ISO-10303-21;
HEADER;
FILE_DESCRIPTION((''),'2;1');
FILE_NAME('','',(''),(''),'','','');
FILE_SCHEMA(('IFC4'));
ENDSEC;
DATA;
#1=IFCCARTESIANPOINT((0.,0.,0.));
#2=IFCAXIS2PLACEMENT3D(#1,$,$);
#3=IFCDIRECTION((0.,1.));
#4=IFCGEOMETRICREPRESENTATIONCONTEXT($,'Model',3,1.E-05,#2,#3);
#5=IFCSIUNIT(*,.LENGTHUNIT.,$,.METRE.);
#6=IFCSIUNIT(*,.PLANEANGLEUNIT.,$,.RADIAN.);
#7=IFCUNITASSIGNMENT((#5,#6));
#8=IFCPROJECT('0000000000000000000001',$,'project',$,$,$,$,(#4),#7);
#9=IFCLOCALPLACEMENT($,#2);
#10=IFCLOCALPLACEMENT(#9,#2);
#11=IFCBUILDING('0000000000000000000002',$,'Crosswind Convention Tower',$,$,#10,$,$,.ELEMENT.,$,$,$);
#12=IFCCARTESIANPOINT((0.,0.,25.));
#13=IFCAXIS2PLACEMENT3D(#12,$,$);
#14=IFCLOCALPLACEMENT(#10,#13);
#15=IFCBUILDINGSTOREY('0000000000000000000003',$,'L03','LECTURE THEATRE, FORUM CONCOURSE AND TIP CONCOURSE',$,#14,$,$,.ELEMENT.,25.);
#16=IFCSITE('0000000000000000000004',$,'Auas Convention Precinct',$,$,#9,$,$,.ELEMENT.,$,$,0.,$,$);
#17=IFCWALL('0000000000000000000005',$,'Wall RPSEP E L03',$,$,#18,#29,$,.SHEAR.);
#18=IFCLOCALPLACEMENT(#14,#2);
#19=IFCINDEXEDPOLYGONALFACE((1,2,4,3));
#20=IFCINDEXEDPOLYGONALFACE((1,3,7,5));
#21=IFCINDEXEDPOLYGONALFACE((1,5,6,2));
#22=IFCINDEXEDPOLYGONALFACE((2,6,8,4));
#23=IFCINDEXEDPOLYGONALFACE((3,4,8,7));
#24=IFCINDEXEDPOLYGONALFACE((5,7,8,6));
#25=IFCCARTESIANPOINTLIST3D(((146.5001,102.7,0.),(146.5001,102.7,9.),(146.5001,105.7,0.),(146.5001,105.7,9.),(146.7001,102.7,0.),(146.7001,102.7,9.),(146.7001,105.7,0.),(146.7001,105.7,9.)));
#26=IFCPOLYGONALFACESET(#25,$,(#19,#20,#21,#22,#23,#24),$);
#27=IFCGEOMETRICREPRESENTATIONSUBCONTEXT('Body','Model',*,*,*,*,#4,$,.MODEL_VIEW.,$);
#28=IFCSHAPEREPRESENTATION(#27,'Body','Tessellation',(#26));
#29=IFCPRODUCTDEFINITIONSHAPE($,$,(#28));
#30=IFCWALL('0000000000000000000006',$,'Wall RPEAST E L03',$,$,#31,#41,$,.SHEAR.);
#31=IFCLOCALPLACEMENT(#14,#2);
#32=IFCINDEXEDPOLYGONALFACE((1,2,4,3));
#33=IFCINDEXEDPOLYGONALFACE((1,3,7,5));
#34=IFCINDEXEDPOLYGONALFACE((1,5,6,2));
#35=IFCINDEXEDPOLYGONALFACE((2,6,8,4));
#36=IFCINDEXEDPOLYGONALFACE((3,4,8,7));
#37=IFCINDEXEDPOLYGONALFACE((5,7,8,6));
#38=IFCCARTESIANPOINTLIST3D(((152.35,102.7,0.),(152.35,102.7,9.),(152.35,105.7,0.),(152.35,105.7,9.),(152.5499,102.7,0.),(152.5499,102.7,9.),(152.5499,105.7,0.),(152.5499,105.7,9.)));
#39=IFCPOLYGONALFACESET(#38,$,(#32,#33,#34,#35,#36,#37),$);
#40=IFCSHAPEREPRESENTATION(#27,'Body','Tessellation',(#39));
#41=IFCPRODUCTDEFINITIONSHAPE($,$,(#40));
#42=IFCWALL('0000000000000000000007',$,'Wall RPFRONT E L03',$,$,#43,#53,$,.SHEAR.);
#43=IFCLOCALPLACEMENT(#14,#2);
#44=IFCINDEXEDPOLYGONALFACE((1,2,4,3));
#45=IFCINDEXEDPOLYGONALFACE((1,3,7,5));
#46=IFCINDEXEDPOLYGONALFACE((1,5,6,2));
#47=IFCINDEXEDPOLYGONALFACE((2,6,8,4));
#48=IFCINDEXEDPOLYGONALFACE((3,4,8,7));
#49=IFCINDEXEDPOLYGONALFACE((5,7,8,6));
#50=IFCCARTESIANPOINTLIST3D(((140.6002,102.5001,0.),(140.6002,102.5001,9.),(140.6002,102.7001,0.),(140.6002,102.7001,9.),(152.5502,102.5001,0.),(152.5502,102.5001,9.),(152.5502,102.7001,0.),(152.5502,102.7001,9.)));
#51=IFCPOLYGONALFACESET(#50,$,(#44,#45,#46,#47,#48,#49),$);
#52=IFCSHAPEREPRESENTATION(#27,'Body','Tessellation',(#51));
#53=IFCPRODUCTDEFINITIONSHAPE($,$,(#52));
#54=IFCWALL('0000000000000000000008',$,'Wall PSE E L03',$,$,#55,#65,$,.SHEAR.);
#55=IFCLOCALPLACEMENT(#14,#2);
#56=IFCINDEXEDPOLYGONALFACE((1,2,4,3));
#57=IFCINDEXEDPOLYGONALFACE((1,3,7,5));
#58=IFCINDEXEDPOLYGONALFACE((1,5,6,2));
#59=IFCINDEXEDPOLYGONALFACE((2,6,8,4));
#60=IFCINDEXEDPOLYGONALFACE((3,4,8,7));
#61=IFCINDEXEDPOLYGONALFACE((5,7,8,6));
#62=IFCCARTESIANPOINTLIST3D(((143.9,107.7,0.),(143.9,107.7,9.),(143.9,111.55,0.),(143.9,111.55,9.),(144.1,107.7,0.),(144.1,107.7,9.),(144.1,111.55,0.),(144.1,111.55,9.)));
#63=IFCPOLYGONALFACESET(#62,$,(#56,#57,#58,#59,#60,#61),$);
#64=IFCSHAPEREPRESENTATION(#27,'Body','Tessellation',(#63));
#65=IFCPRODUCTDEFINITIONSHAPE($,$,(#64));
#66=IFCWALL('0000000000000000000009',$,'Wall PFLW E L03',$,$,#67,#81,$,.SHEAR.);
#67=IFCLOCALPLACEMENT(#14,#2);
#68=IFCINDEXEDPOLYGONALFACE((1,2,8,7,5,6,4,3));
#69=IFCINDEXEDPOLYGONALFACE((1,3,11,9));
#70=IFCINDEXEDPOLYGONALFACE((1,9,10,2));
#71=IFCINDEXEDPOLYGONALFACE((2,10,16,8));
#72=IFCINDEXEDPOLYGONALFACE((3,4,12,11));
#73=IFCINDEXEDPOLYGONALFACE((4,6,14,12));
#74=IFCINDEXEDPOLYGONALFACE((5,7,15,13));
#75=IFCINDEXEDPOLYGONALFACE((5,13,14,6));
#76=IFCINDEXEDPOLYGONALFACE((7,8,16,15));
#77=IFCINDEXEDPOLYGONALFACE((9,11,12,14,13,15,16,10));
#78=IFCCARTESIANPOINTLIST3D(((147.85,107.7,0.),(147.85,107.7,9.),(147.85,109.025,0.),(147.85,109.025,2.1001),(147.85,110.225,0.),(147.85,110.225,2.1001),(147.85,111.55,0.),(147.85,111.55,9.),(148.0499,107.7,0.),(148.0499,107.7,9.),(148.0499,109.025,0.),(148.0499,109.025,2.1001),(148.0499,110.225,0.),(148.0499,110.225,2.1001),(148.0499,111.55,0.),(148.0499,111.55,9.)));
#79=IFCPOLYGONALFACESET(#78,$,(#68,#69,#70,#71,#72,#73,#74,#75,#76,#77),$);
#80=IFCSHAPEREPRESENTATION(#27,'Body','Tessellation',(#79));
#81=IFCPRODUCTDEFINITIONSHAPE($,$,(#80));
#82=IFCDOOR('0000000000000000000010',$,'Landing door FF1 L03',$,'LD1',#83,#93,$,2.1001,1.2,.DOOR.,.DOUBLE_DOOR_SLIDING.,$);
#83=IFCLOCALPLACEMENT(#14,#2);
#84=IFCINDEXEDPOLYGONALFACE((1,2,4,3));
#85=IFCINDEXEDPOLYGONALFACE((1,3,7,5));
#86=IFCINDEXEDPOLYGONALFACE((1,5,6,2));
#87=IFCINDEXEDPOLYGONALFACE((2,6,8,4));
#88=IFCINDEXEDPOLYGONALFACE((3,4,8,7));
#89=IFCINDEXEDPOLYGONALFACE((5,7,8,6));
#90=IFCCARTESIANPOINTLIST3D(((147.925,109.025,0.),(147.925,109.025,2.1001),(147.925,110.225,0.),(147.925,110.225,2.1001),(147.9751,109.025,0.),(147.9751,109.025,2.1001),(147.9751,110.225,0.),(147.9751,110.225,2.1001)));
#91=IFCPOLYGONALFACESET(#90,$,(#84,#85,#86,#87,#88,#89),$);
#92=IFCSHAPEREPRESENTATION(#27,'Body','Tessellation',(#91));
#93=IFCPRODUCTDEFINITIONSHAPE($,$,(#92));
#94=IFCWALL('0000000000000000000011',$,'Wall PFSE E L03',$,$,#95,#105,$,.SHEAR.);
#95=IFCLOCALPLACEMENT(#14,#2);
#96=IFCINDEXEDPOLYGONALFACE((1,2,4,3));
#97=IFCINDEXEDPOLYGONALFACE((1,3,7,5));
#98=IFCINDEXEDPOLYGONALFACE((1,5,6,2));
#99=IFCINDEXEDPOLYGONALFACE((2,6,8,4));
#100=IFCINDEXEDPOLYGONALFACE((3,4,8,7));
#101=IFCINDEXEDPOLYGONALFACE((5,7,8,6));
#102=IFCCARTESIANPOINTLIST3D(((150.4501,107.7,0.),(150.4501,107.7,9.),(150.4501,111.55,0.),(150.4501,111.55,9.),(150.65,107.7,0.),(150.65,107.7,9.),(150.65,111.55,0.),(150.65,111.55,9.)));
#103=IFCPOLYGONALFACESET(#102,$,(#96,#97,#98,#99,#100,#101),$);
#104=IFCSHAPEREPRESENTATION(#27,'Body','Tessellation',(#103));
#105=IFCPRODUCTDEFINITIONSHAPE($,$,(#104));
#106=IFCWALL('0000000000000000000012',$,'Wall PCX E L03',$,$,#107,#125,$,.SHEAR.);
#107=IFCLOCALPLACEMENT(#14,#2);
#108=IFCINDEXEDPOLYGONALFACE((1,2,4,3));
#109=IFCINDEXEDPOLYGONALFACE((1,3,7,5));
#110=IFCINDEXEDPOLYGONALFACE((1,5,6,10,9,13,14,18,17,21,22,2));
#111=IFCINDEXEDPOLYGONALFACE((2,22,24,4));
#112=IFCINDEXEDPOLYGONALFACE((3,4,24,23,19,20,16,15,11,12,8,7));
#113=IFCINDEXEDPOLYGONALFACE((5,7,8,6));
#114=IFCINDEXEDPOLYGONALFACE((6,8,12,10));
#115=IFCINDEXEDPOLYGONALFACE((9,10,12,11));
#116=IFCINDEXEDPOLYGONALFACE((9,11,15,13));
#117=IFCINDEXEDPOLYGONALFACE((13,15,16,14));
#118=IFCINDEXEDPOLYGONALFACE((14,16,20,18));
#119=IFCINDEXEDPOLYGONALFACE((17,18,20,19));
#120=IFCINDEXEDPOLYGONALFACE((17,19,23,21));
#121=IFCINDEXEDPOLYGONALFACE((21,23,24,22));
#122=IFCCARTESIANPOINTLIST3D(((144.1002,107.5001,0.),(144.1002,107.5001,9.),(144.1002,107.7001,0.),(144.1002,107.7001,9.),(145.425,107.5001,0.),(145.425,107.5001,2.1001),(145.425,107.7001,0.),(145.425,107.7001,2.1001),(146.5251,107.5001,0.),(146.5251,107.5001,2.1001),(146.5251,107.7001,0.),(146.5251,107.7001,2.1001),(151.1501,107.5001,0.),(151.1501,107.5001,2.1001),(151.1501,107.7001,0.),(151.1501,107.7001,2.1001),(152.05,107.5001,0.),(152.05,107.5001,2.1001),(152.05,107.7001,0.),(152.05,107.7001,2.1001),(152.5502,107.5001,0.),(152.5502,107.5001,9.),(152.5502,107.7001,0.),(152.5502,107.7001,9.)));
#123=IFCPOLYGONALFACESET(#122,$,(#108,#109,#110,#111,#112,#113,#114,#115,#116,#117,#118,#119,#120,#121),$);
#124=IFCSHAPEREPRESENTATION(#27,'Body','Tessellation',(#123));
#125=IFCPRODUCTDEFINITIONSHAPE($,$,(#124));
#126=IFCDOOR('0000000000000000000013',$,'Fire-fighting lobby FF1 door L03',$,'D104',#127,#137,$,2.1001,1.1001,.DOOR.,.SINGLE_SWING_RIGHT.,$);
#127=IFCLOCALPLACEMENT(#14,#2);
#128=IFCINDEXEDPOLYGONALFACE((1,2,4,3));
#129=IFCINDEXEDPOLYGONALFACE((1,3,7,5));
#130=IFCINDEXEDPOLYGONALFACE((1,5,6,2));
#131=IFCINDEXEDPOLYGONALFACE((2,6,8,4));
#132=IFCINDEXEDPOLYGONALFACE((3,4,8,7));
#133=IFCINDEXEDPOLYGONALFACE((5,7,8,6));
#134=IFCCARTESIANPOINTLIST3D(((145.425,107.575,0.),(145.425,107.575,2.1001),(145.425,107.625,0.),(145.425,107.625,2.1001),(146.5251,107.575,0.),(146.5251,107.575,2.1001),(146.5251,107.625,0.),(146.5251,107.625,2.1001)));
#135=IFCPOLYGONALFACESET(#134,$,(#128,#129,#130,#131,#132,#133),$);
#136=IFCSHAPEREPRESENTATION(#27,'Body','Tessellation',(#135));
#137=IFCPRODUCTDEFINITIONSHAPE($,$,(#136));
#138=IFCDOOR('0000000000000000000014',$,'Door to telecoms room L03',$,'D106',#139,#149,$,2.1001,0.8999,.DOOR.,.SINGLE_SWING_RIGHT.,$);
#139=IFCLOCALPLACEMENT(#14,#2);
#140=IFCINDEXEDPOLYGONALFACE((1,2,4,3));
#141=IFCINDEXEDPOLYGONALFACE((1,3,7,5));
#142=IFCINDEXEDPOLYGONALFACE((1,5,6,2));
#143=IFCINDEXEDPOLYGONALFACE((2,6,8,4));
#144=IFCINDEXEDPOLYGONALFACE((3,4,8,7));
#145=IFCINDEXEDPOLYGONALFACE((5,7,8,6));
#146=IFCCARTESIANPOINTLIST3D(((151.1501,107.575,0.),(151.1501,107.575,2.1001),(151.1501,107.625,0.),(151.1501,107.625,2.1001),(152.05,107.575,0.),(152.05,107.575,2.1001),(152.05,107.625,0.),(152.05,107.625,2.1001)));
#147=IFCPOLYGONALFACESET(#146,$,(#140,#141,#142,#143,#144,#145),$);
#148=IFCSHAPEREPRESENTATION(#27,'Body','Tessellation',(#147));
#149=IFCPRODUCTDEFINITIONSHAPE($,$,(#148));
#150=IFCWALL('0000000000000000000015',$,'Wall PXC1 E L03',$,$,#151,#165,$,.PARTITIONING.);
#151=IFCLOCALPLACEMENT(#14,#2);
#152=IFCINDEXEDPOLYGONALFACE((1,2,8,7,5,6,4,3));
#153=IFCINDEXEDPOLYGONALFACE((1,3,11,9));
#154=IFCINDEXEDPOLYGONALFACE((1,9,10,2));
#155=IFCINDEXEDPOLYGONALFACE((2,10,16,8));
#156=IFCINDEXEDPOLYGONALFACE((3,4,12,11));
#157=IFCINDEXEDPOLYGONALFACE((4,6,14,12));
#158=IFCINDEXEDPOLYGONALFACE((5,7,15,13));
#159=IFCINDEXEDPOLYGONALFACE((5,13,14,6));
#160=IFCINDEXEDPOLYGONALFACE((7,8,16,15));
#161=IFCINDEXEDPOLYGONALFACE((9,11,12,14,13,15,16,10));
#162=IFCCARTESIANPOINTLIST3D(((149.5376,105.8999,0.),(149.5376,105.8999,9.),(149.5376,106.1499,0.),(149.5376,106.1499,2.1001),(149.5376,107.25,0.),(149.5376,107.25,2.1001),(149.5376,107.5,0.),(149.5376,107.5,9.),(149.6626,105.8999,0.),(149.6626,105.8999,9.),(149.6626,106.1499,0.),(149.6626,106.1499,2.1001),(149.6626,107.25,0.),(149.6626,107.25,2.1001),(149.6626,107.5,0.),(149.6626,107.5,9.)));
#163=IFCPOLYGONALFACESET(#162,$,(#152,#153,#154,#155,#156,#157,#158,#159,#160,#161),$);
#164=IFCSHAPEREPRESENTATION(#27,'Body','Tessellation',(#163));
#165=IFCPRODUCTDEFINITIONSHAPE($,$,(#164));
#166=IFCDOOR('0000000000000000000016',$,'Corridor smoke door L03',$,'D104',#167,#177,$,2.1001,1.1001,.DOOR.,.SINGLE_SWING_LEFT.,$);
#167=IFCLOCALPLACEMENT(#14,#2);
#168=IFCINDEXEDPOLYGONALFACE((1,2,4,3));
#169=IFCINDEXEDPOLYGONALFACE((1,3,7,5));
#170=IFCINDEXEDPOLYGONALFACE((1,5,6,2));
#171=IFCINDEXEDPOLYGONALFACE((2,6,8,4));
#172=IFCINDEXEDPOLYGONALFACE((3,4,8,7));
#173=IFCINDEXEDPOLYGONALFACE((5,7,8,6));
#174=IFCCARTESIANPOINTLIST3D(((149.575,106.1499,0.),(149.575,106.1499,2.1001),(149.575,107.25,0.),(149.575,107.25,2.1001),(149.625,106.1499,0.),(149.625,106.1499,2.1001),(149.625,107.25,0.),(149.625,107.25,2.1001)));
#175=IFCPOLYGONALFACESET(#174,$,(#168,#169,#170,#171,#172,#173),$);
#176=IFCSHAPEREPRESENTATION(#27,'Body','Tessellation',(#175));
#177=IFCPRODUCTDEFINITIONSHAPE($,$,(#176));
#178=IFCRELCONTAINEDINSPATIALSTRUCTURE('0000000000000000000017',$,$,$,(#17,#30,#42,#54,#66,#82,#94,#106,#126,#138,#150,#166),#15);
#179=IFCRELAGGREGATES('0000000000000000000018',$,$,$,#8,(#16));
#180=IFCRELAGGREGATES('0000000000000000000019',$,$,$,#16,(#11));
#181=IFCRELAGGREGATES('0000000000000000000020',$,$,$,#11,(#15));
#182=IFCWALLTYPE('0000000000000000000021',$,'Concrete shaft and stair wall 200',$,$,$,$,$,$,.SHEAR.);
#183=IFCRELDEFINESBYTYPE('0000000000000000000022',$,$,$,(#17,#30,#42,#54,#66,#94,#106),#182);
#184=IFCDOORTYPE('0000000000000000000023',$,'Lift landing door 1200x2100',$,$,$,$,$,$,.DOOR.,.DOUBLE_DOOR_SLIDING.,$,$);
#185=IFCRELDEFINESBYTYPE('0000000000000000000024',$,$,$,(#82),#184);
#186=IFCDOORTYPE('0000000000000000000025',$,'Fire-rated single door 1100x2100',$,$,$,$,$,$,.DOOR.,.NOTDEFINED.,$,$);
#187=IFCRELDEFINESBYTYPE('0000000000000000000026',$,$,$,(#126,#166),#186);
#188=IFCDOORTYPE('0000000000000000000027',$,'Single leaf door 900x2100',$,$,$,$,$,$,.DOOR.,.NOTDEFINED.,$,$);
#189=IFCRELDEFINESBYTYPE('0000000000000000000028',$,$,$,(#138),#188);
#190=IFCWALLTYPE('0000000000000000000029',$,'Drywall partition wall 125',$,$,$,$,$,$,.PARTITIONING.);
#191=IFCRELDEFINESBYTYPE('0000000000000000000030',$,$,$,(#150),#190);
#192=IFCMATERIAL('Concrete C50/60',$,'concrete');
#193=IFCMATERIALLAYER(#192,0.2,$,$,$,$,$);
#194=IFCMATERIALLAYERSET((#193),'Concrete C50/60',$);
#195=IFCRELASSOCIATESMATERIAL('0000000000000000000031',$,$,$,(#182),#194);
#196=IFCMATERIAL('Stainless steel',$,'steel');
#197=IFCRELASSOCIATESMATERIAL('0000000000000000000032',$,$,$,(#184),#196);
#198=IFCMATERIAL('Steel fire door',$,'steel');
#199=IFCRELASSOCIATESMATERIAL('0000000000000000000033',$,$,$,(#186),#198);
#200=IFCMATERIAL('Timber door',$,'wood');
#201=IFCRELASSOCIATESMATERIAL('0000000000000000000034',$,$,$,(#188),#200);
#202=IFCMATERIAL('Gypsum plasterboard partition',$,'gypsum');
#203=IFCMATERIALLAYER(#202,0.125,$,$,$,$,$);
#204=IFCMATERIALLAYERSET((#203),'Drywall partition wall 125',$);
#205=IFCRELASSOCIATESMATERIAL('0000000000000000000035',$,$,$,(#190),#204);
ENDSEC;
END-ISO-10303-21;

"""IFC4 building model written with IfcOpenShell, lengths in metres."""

from ifc_helpers import new_model, si_unit, direction, frame, frame_2d, origin, place, context, subcontext, project, spatial, rectangle, extrude, material, layer, layer_set, type_object, element, fill, save


model = new_model("IFC4")

# Units and contexts
model_context = context("Model", 3, precision=1e-05, world=origin(), true_north=direction((0.0, 1.0)))
body_context = subcontext(model_context, "Body", "Model", "MODEL_VIEW")
ifc_project = project(units=[si_unit("LENGTHUNIT", "METRE"), si_unit("PLANEANGLEUNIT", "RADIAN")], contexts=[model_context])

# Site, building, storey
site_placement = place(None, origin())
site = spatial("IfcSite", under=ifc_project, at=site_placement, Name="Auas Convention Precinct", CompositionType="ELEMENT", RefElevation=0.0)
building_placement = place(site_placement, origin())
building = spatial("IfcBuilding", under=site, at=building_placement, Name="Crosswind Convention Tower", CompositionType="ELEMENT")
storey_placement = place(building_placement, frame((0.0, 0.0, 25.0)))
storey = spatial("IfcBuildingStorey", under=building, at=storey_placement, Name="L03", Description="LECTURE THEATRE, FORUM CONCOURSE AND TIP CONCOURSE", CompositionType="ELEMENT", Elevation=25.0)

# Walls
ifc_material_1 = material(Name="Concrete C50/60", Category="concrete")
ifc_layer_1 = layer(ifc_material_1, 0.2)
ifc_layer_set_1 = layer_set([ifc_layer_1], Name="Concrete C50/60")
wall_type_1 = type_object("IfcWallType", Name="Concrete shaft and stair wall 200", PredefinedType="SHEAR", material=ifc_layer_set_1)
for number, where, z_axis, x_axis, name in (
    (1, (146.6001, 102.7, 0.0), (0.0, 0.0, 1.0), (0.0, 1.0, 0.0), "Wall RPSEP E L03"),
    (2, (152.45, 102.7, 0.0), (0.0, 0.0, 1.0), (0.0, 1.0, 0.0), "Wall RPEAST E L03"),
):
    element("IfcWall", number, at=place(storey_placement, frame(where, z_axis=z_axis, x_axis=x_axis)), inside=storey, type_object=wall_type_1, Name=name, PredefinedType="SHEAR", context=body_context, shape_type="SweptSolid", body=[
        extrude(rectangle(XDim=3.0, YDim=0.2, at=frame_2d((1.5, 0.0))), origin(), (0.0, 0.0, 1.0), 9.0),
    ])
wall_1_placement = place(storey_placement, frame((140.6001, 102.6001, 0.0), z_axis=(0.0, 0.0, 1.0), x_axis=(1.0, 0.0, 0.0)))
element("IfcWall", 3, at=wall_1_placement, inside=storey, type_object=wall_type_1, Name="Wall RPFRONT E L03", PredefinedType="SHEAR", context=body_context, shape_type="SweptSolid", body=[
    extrude(rectangle(XDim=11.95, YDim=0.2, at=frame_2d((5.9751, 0.0))), origin(), (0.0, 0.0, 1.0), 9.0),
])
wall_2_placement = place(storey_placement, frame((144.0, 107.7, 0.0), z_axis=(0.0, 0.0, 1.0), x_axis=(0.0, 1.0, 0.0)))
element("IfcWall", 4, at=wall_2_placement, inside=storey, type_object=wall_type_1, Name="Wall PSE E L03", PredefinedType="SHEAR", context=body_context, shape_type="SweptSolid", body=[
    extrude(rectangle(XDim=3.8501, YDim=0.2, at=frame_2d((1.925, 0.0))), origin(), (0.0, 0.0, 1.0), 9.0),
])

# Wall, opening, door
wall_3_placement = place(storey_placement, frame((147.95, 107.7, 0.0), z_axis=(0.0, 0.0, 1.0), x_axis=(0.0, 1.0, 0.0)))
wall_3 = element("IfcWall", 5, at=wall_3_placement, inside=storey, type_object=wall_type_1, Name="Wall PFLW E L03", PredefinedType="SHEAR", context=body_context, shape_type="SweptSolid", body=[
    extrude(rectangle(XDim=3.8501, YDim=0.2, at=frame_2d((1.925, 0.0))), origin(), (0.0, 0.0, 1.0), 9.0),
])
opening_1_placement = place(wall_3_placement, frame((1.325, 0.0, 0.0)))
opening_1 = element("IfcOpeningElement", 6, at=opening_1_placement, cuts=wall_3, PredefinedType="OPENING", context=body_context, shape_type="SweptSolid", body=[
    extrude(rectangle(XDim=1.2, YDim=2.1001, at=frame_2d((0.6001, 1.05))), frame((0.0, 0.1099, 0.0), z_axis=(0.0, -1.0, 0.0), x_axis=(1.0, 0.0, 0.0)), (0.0, 0.0, 1.0), 0.22),
])
ifc_material_2 = material(Name="Stainless steel", Category="steel")
door_type_1 = type_object("IfcDoorType", Name="Lift landing door 1200x2100", OperationType="DOUBLE_DOOR_SLIDING", PredefinedType="DOOR", material=ifc_material_2)
door_1_placement = place(opening_1_placement, origin())
door_1 = element("IfcDoor", 7, at=door_1_placement, inside=storey, type_object=door_type_1, Name="Landing door FF1 L03", ObjectType="LD1", OperationType="DOUBLE_DOOR_SLIDING", OverallHeight=2.1001, OverallWidth=1.2, PredefinedType="DOOR", context=body_context, shape_type="SweptSolid", body=[
    extrude(rectangle(XDim=1.2, YDim=2.1001, at=frame_2d((0.6001, 1.05))), frame((0.0, 0.0249, 0.0), z_axis=(0.0, -1.0, 0.0), x_axis=(1.0, 0.0, 0.0)), (0.0, 0.0, 1.0), 0.05),
])
fill(opening_1, door_1)

# Wall
wall_4_placement = place(storey_placement, frame((150.55, 107.7, 0.0), z_axis=(0.0, 0.0, 1.0), x_axis=(0.0, 1.0, 0.0)))
element("IfcWall", 8, at=wall_4_placement, inside=storey, type_object=wall_type_1, Name="Wall PFSE E L03", PredefinedType="SHEAR", context=body_context, shape_type="SweptSolid", body=[
    extrude(rectangle(XDim=3.8501, YDim=0.2, at=frame_2d((1.925, 0.0))), origin(), (0.0, 0.0, 1.0), 9.0),
])

# Wall, openings, doors
wall_5_placement = place(storey_placement, frame((144.1001, 107.6001, 0.0), z_axis=(0.0, 0.0, 1.0), x_axis=(1.0, 0.0, 0.0)))
wall_5 = element("IfcWall", 9, at=wall_5_placement, inside=storey, type_object=wall_type_1, Name="Wall PCX E L03", PredefinedType="SHEAR", context=body_context, shape_type="SweptSolid", body=[
    extrude(rectangle(XDim=8.45, YDim=0.2, at=frame_2d((4.2251, 0.0))), origin(), (0.0, 0.0, 1.0), 9.0),
])
opening_2_placement = place(wall_5_placement, frame((1.325, 0.0, 0.0)))
opening_2 = element("IfcOpeningElement", 10, at=opening_2_placement, cuts=wall_5, PredefinedType="OPENING", context=body_context, shape_type="SweptSolid", body=[
    extrude(rectangle(XDim=1.1001, YDim=2.1001, at=frame_2d((0.55, 1.05))), frame((0.0, 0.1099, 0.0), z_axis=(0.0, -1.0, 0.0), x_axis=(1.0, 0.0, 0.0)), (0.0, 0.0, 1.0), 0.22),
])
opening_3_placement = place(wall_5_placement, frame((7.05, 0.0, 0.0)))
opening_3 = element("IfcOpeningElement", 11, at=opening_3_placement, cuts=wall_5, PredefinedType="OPENING", context=body_context, shape_type="SweptSolid", body=[
    extrude(rectangle(XDim=0.8999, YDim=2.1001, at=frame_2d((0.45, 1.05))), frame((0.0, 0.1099, 0.0), z_axis=(0.0, -1.0, 0.0), x_axis=(1.0, 0.0, 0.0)), (0.0, 0.0, 1.0), 0.22),
])
ifc_material_3 = material(Name="Steel fire door", Category="steel")
door_type_2 = type_object("IfcDoorType", Name="Fire-rated single door 1100x2100", OperationType="NOTDEFINED", PredefinedType="DOOR", material=ifc_material_3)
door_2_placement = place(opening_2_placement, origin())
door_2 = element("IfcDoor", 12, at=door_2_placement, inside=storey, type_object=door_type_2, Name="Fire-fighting lobby FF1 door L03", ObjectType="D104", OperationType="SINGLE_SWING_RIGHT", OverallHeight=2.1001, OverallWidth=1.1001, PredefinedType="DOOR", context=body_context, shape_type="SweptSolid", body=[
    extrude(rectangle(XDim=1.1001, YDim=2.1001, at=frame_2d((0.55, 1.05))), frame((0.0, 0.0249, 0.0), z_axis=(0.0, -1.0, 0.0), x_axis=(1.0, 0.0, 0.0)), (0.0, 0.0, 1.0), 0.05),
])
fill(opening_2, door_2)
ifc_material_4 = material(Name="Timber door", Category="wood")
door_type_3 = type_object("IfcDoorType", Name="Single leaf door 900x2100", OperationType="NOTDEFINED", PredefinedType="DOOR", material=ifc_material_4)
door_3_placement = place(opening_3_placement, origin())
door_3 = element("IfcDoor", 13, at=door_3_placement, inside=storey, type_object=door_type_3, Name="Door to telecoms room L03", ObjectType="D106", OperationType="SINGLE_SWING_RIGHT", OverallHeight=2.1001, OverallWidth=0.8999, PredefinedType="DOOR", context=body_context, shape_type="SweptSolid", body=[
    extrude(rectangle(XDim=0.8999, YDim=2.1001, at=frame_2d((0.45, 1.05))), frame((0.0, 0.0249, 0.0), z_axis=(0.0, -1.0, 0.0), x_axis=(1.0, 0.0, 0.0)), (0.0, 0.0, 1.0), 0.05),
])
fill(opening_3, door_3)

# Wall, opening, door
ifc_material_5 = material(Name="Gypsum plasterboard partition", Category="gypsum")
ifc_layer_2 = layer(ifc_material_5, 0.125)
ifc_layer_set_2 = layer_set([ifc_layer_2], Name="Drywall partition wall 125")
wall_type_2 = type_object("IfcWallType", Name="Drywall partition wall 125", PredefinedType="PARTITIONING", material=ifc_layer_set_2)
wall_6_placement = place(storey_placement, frame((149.6001, 105.8999, 0.0), z_axis=(0.0, 0.0, 1.0), x_axis=(0.0, 1.0, 0.0)))
wall_6 = element("IfcWall", 14, at=wall_6_placement, inside=storey, type_object=wall_type_2, Name="Wall PXC1 E L03", PredefinedType="PARTITIONING", context=body_context, shape_type="SweptSolid", body=[
    extrude(rectangle(XDim=1.6001, YDim=0.125, at=frame_2d((0.8, 0.0))), origin(), (0.0, 0.0, 1.0), 9.0),
])
opening_4_placement = place(wall_6_placement, frame((0.25, 0.0, 0.0)))
opening_4 = element("IfcOpeningElement", 15, at=opening_4_placement, cuts=wall_6, PredefinedType="OPENING", context=body_context, shape_type="SweptSolid", body=[
    extrude(rectangle(XDim=1.1001, YDim=2.1001, at=frame_2d((0.55, 1.05))), frame((0.0, 0.0725, 0.0), z_axis=(0.0, -1.0, 0.0), x_axis=(1.0, 0.0, 0.0)), (0.0, 0.0, 1.0), 0.145),
])
door_4_placement = place(opening_4_placement, frame((1.1001, 0.0, 0.0), z_axis=(0.0, 0.0, 1.0), x_axis=(-1.0, 0.0, 0.0)))
door_4 = element("IfcDoor", 16, at=door_4_placement, inside=storey, type_object=door_type_2, Name="Corridor smoke door L03", ObjectType="D104", OperationType="SINGLE_SWING_LEFT", OverallHeight=2.1001, OverallWidth=1.1001, PredefinedType="DOOR", context=body_context, shape_type="SweptSolid", body=[
    extrude(rectangle(XDim=1.1001, YDim=2.1001, at=frame_2d((0.55, 1.05))), frame((0.0, 0.0249, 0.0), z_axis=(0.0, -1.0, 0.0), x_axis=(1.0, 0.0, 0.0)), (0.0, 0.0, 1.0), 0.05),
])
fill(opening_4, door_4)

save(model, "model.ifc")
